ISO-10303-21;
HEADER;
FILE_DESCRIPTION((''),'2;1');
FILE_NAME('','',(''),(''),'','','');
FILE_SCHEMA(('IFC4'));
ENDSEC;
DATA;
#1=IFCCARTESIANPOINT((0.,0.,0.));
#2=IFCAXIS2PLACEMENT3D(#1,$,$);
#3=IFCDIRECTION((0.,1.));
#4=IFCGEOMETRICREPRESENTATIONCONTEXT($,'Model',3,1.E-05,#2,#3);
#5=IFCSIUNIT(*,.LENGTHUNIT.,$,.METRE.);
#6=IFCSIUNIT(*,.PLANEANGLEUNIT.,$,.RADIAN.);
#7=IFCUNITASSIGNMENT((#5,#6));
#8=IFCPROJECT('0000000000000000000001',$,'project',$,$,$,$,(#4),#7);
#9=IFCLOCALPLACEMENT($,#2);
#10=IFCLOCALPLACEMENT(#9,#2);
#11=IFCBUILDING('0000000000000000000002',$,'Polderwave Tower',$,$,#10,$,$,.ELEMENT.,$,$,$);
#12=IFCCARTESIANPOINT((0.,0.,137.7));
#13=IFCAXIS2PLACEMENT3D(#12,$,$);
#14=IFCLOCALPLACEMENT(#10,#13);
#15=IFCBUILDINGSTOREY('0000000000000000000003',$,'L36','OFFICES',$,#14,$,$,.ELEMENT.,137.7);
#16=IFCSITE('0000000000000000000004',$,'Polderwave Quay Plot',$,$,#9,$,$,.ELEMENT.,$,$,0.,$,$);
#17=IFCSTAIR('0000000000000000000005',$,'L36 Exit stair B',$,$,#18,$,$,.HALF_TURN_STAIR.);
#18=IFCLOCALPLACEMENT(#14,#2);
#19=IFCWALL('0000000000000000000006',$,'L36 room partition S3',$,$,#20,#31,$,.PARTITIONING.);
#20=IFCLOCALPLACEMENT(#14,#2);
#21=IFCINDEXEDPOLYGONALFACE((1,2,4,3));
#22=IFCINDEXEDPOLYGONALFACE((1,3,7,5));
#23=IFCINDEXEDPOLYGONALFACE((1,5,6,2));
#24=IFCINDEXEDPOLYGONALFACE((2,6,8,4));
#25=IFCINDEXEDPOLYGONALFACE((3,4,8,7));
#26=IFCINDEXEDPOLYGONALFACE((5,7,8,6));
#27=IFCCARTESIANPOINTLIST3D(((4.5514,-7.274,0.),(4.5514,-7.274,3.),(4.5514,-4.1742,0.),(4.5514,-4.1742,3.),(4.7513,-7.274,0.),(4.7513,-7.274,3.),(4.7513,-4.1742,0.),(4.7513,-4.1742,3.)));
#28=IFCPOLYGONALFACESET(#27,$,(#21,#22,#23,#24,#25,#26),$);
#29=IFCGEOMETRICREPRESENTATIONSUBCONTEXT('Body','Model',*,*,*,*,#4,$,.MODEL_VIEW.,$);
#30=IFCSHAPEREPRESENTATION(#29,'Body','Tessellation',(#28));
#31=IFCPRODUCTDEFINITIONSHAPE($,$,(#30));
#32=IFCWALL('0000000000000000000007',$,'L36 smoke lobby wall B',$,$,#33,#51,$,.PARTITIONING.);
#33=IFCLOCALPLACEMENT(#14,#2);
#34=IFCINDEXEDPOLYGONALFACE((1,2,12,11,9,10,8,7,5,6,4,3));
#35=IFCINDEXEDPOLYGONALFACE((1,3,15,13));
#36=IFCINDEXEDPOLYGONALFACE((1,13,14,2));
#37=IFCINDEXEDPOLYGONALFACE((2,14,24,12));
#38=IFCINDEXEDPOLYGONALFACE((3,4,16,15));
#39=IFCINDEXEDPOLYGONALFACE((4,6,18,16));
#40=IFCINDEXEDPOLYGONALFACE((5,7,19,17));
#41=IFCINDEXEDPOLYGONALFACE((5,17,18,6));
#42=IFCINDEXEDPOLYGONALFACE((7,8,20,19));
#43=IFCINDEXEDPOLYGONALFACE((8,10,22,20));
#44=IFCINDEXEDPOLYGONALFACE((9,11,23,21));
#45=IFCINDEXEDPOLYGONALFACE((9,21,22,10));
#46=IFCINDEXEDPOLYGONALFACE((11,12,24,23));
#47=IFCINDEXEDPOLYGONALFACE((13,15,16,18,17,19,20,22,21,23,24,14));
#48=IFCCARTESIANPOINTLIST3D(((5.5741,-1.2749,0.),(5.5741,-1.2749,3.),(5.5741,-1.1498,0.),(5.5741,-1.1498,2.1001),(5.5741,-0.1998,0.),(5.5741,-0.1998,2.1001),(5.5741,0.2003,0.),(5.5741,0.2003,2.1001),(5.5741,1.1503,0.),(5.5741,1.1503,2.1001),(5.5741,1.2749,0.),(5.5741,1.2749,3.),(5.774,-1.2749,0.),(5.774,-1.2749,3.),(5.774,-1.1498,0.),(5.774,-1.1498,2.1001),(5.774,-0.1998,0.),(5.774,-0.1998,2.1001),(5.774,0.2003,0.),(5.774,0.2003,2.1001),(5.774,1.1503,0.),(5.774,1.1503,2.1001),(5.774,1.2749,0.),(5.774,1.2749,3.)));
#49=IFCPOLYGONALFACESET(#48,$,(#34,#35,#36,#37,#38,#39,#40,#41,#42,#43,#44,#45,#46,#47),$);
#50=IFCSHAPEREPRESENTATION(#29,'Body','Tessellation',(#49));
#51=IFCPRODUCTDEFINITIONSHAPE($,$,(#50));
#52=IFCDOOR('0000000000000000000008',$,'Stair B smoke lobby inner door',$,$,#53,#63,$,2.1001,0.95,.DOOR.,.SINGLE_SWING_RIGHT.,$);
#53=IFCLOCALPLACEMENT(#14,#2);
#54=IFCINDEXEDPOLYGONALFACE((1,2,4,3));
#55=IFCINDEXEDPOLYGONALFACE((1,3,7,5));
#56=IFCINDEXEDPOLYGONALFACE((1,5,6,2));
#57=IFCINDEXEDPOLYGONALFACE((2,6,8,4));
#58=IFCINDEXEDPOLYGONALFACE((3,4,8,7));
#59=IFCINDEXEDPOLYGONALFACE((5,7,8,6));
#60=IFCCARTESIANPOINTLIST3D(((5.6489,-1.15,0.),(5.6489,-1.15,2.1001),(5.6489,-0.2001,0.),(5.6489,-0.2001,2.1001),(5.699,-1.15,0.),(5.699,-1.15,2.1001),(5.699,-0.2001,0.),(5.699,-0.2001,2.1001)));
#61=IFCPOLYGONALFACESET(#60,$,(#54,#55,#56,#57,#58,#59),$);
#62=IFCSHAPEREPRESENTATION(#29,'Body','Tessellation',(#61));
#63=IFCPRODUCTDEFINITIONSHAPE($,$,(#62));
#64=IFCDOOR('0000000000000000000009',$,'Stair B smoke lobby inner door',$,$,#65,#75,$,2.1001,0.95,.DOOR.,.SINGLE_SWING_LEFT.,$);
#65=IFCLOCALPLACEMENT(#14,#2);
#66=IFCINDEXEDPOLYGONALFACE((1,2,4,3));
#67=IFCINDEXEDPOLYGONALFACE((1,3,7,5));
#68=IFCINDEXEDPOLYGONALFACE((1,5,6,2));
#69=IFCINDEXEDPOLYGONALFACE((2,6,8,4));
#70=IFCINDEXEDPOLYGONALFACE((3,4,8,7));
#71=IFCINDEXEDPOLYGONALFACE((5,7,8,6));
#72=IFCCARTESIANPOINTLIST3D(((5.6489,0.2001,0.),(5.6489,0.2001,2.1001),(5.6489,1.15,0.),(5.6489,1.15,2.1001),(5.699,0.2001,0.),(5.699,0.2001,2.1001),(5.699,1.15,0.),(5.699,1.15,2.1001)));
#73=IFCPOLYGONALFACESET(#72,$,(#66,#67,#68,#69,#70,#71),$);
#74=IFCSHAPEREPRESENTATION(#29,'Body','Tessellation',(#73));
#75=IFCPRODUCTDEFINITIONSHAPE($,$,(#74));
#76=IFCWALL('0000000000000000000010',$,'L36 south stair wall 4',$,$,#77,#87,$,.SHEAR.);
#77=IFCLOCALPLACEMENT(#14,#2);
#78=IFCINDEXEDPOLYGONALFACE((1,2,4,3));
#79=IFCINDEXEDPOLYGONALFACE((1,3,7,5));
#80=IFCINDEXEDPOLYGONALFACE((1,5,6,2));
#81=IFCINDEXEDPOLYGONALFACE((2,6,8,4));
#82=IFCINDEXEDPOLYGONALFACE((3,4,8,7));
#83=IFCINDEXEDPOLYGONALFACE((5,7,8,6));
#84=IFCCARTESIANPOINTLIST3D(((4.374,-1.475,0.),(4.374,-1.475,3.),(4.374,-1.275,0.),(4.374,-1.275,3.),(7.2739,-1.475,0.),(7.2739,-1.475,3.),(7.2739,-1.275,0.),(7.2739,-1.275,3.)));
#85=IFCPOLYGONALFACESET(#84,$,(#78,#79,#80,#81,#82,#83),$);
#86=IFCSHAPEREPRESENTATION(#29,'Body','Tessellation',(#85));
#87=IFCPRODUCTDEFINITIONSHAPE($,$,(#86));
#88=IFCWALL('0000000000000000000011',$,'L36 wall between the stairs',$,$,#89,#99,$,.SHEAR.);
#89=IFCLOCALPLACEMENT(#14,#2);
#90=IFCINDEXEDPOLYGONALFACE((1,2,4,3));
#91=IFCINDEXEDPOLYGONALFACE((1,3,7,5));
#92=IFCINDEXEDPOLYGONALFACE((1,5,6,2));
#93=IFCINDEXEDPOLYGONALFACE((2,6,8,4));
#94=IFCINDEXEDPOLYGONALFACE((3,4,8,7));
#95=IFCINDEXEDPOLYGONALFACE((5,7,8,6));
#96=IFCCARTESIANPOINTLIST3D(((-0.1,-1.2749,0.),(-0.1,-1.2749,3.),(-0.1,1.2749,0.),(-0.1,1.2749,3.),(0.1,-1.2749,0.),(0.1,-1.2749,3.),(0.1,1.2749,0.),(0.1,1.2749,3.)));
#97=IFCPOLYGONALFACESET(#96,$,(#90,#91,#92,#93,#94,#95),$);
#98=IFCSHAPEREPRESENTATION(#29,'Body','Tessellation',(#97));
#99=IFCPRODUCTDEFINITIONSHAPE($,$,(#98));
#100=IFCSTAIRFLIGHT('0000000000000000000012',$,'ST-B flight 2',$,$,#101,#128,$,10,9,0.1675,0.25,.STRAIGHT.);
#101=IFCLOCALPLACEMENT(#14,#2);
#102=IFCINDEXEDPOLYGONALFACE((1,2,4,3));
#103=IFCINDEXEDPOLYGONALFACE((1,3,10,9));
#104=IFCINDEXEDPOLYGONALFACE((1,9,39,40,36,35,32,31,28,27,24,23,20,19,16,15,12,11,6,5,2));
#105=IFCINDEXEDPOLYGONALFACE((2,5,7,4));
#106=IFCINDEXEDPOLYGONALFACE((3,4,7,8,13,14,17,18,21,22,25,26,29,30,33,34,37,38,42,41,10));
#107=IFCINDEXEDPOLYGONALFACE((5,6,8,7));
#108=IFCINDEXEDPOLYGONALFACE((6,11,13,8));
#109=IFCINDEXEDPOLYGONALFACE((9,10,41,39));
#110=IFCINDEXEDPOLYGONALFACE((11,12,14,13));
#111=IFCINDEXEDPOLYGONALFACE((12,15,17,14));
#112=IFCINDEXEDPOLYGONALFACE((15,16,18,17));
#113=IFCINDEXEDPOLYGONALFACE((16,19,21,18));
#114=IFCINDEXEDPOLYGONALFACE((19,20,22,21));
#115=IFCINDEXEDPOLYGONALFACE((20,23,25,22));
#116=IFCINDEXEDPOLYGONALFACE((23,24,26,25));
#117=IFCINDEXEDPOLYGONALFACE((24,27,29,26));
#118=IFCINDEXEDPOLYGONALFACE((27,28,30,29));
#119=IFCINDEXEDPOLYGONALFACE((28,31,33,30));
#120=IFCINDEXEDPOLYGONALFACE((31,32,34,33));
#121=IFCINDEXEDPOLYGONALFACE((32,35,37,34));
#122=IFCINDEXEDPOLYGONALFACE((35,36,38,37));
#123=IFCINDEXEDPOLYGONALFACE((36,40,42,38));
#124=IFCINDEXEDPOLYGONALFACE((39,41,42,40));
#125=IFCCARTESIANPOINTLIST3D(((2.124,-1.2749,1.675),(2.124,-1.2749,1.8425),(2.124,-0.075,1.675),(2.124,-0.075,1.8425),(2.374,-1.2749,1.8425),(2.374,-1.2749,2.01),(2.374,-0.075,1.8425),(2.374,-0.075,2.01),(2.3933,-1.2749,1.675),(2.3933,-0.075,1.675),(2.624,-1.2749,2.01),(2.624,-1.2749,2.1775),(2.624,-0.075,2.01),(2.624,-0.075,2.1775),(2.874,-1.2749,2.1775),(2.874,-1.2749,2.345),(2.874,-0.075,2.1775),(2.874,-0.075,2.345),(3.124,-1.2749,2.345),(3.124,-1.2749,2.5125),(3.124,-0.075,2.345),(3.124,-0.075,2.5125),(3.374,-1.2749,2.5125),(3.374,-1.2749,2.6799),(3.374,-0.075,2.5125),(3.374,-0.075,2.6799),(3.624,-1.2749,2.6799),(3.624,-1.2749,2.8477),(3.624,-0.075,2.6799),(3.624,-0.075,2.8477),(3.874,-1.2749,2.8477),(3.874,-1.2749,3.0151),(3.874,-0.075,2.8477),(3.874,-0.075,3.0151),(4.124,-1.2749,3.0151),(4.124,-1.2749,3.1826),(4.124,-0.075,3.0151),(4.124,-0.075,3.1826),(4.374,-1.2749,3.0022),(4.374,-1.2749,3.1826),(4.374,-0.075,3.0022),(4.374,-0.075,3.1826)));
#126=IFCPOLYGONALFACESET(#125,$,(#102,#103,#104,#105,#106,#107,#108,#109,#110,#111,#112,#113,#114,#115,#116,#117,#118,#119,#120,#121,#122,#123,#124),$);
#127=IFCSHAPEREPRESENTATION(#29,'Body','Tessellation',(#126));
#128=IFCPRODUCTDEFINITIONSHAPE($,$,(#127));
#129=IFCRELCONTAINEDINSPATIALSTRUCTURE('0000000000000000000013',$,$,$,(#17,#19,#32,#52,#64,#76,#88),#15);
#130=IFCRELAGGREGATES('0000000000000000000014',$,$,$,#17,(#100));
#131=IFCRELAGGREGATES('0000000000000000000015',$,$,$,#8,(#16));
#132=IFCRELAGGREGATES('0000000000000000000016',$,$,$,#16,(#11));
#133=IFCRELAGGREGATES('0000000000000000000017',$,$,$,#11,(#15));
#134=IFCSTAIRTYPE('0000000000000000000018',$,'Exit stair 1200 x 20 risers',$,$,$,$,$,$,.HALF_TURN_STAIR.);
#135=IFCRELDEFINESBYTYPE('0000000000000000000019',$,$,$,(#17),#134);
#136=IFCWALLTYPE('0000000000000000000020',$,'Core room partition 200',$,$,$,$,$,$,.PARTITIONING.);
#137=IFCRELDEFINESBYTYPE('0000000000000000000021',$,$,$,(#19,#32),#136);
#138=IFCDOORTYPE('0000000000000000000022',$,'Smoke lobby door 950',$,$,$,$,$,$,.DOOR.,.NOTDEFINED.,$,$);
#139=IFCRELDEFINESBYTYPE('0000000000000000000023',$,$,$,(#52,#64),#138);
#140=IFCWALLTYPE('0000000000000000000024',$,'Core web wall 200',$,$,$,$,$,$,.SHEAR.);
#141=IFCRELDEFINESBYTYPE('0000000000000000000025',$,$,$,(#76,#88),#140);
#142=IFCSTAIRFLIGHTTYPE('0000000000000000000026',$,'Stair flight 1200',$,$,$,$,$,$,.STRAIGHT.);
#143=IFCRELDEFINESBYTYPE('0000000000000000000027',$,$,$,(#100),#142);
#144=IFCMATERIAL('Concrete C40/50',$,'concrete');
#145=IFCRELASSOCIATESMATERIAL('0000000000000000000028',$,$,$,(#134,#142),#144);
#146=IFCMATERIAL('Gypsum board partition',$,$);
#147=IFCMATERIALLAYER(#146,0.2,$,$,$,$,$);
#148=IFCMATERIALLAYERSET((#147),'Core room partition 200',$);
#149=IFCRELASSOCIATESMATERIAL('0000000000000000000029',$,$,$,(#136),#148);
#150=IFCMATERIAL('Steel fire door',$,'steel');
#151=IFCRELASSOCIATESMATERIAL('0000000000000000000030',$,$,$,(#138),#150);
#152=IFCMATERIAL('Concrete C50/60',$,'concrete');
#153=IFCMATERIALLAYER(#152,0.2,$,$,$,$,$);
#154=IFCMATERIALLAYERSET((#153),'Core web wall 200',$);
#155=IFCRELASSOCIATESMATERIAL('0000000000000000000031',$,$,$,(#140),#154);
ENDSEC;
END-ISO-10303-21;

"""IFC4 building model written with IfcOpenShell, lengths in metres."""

from ifc_helpers import new_model, si_unit, direction, frame, frame_2d, origin, place, context, subcontext, project, spatial, polyline, rectangle, outline, extrude, material, layer, layer_set, type_object, element, fill, aggregate, save


model = new_model("IFC4")

# Units and contexts
model_context = context("Model", 3, precision=1e-05, world=origin(), true_north=direction((0.0, 1.0)))
body_context = subcontext(model_context, "Body", "Model", "MODEL_VIEW")
ifc_project = project(units=[si_unit("LENGTHUNIT", "METRE"), si_unit("PLANEANGLEUNIT", "RADIAN")], contexts=[model_context])

# Site, building, storey
site_placement = place(None, origin())
site = spatial("IfcSite", under=ifc_project, at=site_placement, Name="Polderwave Quay Plot", CompositionType="ELEMENT", RefElevation=0.0)
building_placement = place(site_placement, origin())
building = spatial("IfcBuilding", under=site, at=building_placement, Name="Polderwave Tower", CompositionType="ELEMENT")
storey_placement = place(building_placement, frame((0.0, 0.0, 137.7)))
storey = spatial("IfcBuildingStorey", under=building, at=storey_placement, Name="L36", Description="OFFICES", CompositionType="ELEMENT", Elevation=137.7)

# Shared definitions
ifc_material_1 = material(Name="Concrete C40/50", Category="concrete")

# Stair
stair_type = type_object("IfcStairType", Name="Exit stair 1200 x 20 risers", PredefinedType="HALF_TURN_STAIR", material=ifc_material_1)
stair_1_placement = place(storey_placement, origin())
stair_1 = element("IfcStair", 1, at=stair_1_placement, inside=storey, type_object=stair_type, Name="L36 Exit stair B", PredefinedType="HALF_TURN_STAIR")

# Wall
ifc_material_2 = material(Name="Gypsum board partition")
ifc_layer_1 = layer(ifc_material_2, 0.2)
ifc_layer_set_1 = layer_set([ifc_layer_1], Name="Core room partition 200")
wall_type_1 = type_object("IfcWallType", Name="Core room partition 200", PredefinedType="PARTITIONING", material=ifc_layer_set_1)
wall_1_placement = place(storey_placement, frame((4.6514, -7.2739, 0.0), z_axis=(0.0, 0.0, 1.0), x_axis=(0.0, 1.0, 0.0)))
element("IfcWall", 2, at=wall_1_placement, inside=storey, type_object=wall_type_1, Name="L36 room partition S3", PredefinedType="PARTITIONING", context=body_context, shape_type="SweptSolid", body=[
    extrude(rectangle(XDim=3.0999, YDim=0.2, at=frame_2d((1.5498, 0.0))), origin(), (0.0, 0.0, 1.0), 3.0),
])

# Wall, openings, doors
wall_2_placement = place(storey_placement, frame((5.6741, -1.2749, 0.0), z_axis=(0.0, 0.0, 1.0), x_axis=(0.0, 1.0, 0.0)))
wall_2 = element("IfcWall", 3, at=wall_2_placement, inside=storey, type_object=wall_type_1, Name="L36 smoke lobby wall B", PredefinedType="PARTITIONING", context=body_context, shape_type="SweptSolid", body=[
    extrude(rectangle(XDim=2.5498, YDim=0.2, at=frame_2d((1.2749, 0.0))), origin(), (0.0, 0.0, 1.0), 3.0),
])
opening_1_placement = place(wall_2_placement, frame((0.125, 0.0, 0.0)))
opening_1 = element("IfcOpeningElement", 4, at=opening_1_placement, cuts=wall_2, PredefinedType="OPENING", context=body_context, shape_type="SweptSolid", body=[
    extrude(rectangle(XDim=0.95, YDim=2.1001, at=frame_2d((0.4751, 1.05))), frame((0.0, 0.1099, 0.0), z_axis=(0.0, -1.0, 0.0), x_axis=(1.0, 0.0, 0.0)), (0.0, 0.0, 1.0), 0.22),
])
opening_2_placement = place(wall_2_placement, frame((1.4751, 0.0, 0.0)))
opening_2 = element("IfcOpeningElement", 5, at=opening_2_placement, cuts=wall_2, PredefinedType="OPENING", context=body_context, shape_type="SweptSolid", body=[
    extrude(rectangle(XDim=0.95, YDim=2.1001, at=frame_2d((0.4751, 1.05))), frame((0.0, 0.1099, 0.0), z_axis=(0.0, -1.0, 0.0), x_axis=(1.0, 0.0, 0.0)), (0.0, 0.0, 1.0), 0.22),
])
ifc_material_3 = material(Name="Steel fire door", Category="steel")
door_type = type_object("IfcDoorType", Name="Smoke lobby door 950", OperationType="NOTDEFINED", PredefinedType="DOOR", material=ifc_material_3)
door_1_placement = place(opening_1_placement, frame((0.95, 0.0, 0.0), z_axis=(0.0, 0.0, 1.0), x_axis=(-1.0, 0.0, 0.0)))
door_1 = element("IfcDoor", 6, at=door_1_placement, inside=storey, type_object=door_type, Name="Stair B smoke lobby inner door", OperationType="SINGLE_SWING_RIGHT", OverallHeight=2.1001, OverallWidth=0.95, PredefinedType="DOOR", context=body_context, shape_type="SweptSolid", body=[
    extrude(rectangle(XDim=0.95, YDim=2.1001, at=frame_2d((0.4751, 1.05))), frame((0.0, 0.0249, 0.0), z_axis=(0.0, -1.0, 0.0), x_axis=(1.0, 0.0, 0.0)), (0.0, 0.0, 1.0), 0.05),
])
fill(opening_1, door_1)
door_2_placement = place(opening_2_placement, frame((0.95, 0.0, 0.0), z_axis=(0.0, 0.0, 1.0), x_axis=(-1.0, 0.0, 0.0)))
door_2 = element("IfcDoor", 7, at=door_2_placement, inside=storey, type_object=door_type, Name="Stair B smoke lobby inner door", OperationType="SINGLE_SWING_LEFT", OverallHeight=2.1001, OverallWidth=0.95, PredefinedType="DOOR", context=body_context, shape_type="SweptSolid", body=[
    extrude(rectangle(XDim=0.95, YDim=2.1001, at=frame_2d((0.4751, 1.05))), frame((0.0, 0.0249, 0.0), z_axis=(0.0, -1.0, 0.0), x_axis=(1.0, 0.0, 0.0)), (0.0, 0.0, 1.0), 0.05),
])
fill(opening_2, door_2)

# Walls
ifc_material_4 = material(Name="Concrete C50/60", Category="concrete")
ifc_layer_2 = layer(ifc_material_4, 0.2)
ifc_layer_set_2 = layer_set([ifc_layer_2], Name="Core web wall 200")
wall_type_2 = type_object("IfcWallType", Name="Core web wall 200", PredefinedType="SHEAR", material=ifc_layer_set_2)
wall_3_placement = place(storey_placement, frame((4.374, -1.375, 0.0), z_axis=(0.0, 0.0, 1.0), x_axis=(1.0, 0.0, 0.0)))
element("IfcWall", 8, at=wall_3_placement, inside=storey, type_object=wall_type_2, Name="L36 south stair wall 4", PredefinedType="SHEAR", context=body_context, shape_type="SweptSolid", body=[
    extrude(rectangle(XDim=2.8999, YDim=0.2, at=frame_2d((1.45, 0.0))), origin(), (0.0, 0.0, 1.0), 3.0),
])
wall_4_placement = place(storey_placement, frame((0.0, -1.2749, 0.0), z_axis=(0.0, 0.0, 1.0), x_axis=(0.0, 1.0, 0.0)))
element("IfcWall", 9, at=wall_4_placement, inside=storey, type_object=wall_type_2, Name="L36 wall between the stairs", PredefinedType="SHEAR", context=body_context, shape_type="SweptSolid", body=[
    extrude(rectangle(XDim=2.5498, YDim=0.2, at=frame_2d((1.2749, 0.0))), origin(), (0.0, 0.0, 1.0), 3.0),
])

# Stair flight
stair_flight_type = type_object("IfcStairFlightType", Name="Stair flight 1200", PredefinedType="STRAIGHT", material=ifc_material_1)
stair_flight_placement = place(storey_placement, frame((2.124, -0.675, 1.675), z_axis=(0.0, 0.0, 1.0), x_axis=(1.0, 0.0, 0.0)))
stair_flight = element("IfcStairFlight", 10, at=stair_flight_placement, type_object=stair_flight_type, Name="ST-B flight 2", NumberOfRisers=10, NumberOfTreads=9, PredefinedType="STRAIGHT", RiserHeight=0.1675, TreadLength=0.25, context=body_context, shape_type="SweptSolid", body=[
    extrude(outline(polyline([(0.0, 0.0), (0.0, 0.1675), (0.25, 0.1675), (0.25, 0.335), (0.5, 0.335), (0.5, 0.5024), (0.75, 0.5024), (0.75, 0.6699), (1.0, 0.6699), (1.0, 0.8374), (1.25, 0.8374), (1.25, 1.0049), (1.5, 1.0049), (1.5, 1.1726), (1.75, 1.1726), (1.75, 1.3401), (2.0, 1.3401), (2.0, 1.5076), (2.25, 1.5076), (2.25, 1.675), (2.25, 1.3271), (0.2693, 0.0), (0.0, 0.0)])), frame((0.0, 0.6001, 0.0), z_axis=(0.0, -1.0, 0.0), x_axis=(1.0, 0.0, 0.0)), (0.0, 0.0, 1.0), 1.2),
])
aggregate(stair_1, [stair_flight])

save(model, "model.ifc")
